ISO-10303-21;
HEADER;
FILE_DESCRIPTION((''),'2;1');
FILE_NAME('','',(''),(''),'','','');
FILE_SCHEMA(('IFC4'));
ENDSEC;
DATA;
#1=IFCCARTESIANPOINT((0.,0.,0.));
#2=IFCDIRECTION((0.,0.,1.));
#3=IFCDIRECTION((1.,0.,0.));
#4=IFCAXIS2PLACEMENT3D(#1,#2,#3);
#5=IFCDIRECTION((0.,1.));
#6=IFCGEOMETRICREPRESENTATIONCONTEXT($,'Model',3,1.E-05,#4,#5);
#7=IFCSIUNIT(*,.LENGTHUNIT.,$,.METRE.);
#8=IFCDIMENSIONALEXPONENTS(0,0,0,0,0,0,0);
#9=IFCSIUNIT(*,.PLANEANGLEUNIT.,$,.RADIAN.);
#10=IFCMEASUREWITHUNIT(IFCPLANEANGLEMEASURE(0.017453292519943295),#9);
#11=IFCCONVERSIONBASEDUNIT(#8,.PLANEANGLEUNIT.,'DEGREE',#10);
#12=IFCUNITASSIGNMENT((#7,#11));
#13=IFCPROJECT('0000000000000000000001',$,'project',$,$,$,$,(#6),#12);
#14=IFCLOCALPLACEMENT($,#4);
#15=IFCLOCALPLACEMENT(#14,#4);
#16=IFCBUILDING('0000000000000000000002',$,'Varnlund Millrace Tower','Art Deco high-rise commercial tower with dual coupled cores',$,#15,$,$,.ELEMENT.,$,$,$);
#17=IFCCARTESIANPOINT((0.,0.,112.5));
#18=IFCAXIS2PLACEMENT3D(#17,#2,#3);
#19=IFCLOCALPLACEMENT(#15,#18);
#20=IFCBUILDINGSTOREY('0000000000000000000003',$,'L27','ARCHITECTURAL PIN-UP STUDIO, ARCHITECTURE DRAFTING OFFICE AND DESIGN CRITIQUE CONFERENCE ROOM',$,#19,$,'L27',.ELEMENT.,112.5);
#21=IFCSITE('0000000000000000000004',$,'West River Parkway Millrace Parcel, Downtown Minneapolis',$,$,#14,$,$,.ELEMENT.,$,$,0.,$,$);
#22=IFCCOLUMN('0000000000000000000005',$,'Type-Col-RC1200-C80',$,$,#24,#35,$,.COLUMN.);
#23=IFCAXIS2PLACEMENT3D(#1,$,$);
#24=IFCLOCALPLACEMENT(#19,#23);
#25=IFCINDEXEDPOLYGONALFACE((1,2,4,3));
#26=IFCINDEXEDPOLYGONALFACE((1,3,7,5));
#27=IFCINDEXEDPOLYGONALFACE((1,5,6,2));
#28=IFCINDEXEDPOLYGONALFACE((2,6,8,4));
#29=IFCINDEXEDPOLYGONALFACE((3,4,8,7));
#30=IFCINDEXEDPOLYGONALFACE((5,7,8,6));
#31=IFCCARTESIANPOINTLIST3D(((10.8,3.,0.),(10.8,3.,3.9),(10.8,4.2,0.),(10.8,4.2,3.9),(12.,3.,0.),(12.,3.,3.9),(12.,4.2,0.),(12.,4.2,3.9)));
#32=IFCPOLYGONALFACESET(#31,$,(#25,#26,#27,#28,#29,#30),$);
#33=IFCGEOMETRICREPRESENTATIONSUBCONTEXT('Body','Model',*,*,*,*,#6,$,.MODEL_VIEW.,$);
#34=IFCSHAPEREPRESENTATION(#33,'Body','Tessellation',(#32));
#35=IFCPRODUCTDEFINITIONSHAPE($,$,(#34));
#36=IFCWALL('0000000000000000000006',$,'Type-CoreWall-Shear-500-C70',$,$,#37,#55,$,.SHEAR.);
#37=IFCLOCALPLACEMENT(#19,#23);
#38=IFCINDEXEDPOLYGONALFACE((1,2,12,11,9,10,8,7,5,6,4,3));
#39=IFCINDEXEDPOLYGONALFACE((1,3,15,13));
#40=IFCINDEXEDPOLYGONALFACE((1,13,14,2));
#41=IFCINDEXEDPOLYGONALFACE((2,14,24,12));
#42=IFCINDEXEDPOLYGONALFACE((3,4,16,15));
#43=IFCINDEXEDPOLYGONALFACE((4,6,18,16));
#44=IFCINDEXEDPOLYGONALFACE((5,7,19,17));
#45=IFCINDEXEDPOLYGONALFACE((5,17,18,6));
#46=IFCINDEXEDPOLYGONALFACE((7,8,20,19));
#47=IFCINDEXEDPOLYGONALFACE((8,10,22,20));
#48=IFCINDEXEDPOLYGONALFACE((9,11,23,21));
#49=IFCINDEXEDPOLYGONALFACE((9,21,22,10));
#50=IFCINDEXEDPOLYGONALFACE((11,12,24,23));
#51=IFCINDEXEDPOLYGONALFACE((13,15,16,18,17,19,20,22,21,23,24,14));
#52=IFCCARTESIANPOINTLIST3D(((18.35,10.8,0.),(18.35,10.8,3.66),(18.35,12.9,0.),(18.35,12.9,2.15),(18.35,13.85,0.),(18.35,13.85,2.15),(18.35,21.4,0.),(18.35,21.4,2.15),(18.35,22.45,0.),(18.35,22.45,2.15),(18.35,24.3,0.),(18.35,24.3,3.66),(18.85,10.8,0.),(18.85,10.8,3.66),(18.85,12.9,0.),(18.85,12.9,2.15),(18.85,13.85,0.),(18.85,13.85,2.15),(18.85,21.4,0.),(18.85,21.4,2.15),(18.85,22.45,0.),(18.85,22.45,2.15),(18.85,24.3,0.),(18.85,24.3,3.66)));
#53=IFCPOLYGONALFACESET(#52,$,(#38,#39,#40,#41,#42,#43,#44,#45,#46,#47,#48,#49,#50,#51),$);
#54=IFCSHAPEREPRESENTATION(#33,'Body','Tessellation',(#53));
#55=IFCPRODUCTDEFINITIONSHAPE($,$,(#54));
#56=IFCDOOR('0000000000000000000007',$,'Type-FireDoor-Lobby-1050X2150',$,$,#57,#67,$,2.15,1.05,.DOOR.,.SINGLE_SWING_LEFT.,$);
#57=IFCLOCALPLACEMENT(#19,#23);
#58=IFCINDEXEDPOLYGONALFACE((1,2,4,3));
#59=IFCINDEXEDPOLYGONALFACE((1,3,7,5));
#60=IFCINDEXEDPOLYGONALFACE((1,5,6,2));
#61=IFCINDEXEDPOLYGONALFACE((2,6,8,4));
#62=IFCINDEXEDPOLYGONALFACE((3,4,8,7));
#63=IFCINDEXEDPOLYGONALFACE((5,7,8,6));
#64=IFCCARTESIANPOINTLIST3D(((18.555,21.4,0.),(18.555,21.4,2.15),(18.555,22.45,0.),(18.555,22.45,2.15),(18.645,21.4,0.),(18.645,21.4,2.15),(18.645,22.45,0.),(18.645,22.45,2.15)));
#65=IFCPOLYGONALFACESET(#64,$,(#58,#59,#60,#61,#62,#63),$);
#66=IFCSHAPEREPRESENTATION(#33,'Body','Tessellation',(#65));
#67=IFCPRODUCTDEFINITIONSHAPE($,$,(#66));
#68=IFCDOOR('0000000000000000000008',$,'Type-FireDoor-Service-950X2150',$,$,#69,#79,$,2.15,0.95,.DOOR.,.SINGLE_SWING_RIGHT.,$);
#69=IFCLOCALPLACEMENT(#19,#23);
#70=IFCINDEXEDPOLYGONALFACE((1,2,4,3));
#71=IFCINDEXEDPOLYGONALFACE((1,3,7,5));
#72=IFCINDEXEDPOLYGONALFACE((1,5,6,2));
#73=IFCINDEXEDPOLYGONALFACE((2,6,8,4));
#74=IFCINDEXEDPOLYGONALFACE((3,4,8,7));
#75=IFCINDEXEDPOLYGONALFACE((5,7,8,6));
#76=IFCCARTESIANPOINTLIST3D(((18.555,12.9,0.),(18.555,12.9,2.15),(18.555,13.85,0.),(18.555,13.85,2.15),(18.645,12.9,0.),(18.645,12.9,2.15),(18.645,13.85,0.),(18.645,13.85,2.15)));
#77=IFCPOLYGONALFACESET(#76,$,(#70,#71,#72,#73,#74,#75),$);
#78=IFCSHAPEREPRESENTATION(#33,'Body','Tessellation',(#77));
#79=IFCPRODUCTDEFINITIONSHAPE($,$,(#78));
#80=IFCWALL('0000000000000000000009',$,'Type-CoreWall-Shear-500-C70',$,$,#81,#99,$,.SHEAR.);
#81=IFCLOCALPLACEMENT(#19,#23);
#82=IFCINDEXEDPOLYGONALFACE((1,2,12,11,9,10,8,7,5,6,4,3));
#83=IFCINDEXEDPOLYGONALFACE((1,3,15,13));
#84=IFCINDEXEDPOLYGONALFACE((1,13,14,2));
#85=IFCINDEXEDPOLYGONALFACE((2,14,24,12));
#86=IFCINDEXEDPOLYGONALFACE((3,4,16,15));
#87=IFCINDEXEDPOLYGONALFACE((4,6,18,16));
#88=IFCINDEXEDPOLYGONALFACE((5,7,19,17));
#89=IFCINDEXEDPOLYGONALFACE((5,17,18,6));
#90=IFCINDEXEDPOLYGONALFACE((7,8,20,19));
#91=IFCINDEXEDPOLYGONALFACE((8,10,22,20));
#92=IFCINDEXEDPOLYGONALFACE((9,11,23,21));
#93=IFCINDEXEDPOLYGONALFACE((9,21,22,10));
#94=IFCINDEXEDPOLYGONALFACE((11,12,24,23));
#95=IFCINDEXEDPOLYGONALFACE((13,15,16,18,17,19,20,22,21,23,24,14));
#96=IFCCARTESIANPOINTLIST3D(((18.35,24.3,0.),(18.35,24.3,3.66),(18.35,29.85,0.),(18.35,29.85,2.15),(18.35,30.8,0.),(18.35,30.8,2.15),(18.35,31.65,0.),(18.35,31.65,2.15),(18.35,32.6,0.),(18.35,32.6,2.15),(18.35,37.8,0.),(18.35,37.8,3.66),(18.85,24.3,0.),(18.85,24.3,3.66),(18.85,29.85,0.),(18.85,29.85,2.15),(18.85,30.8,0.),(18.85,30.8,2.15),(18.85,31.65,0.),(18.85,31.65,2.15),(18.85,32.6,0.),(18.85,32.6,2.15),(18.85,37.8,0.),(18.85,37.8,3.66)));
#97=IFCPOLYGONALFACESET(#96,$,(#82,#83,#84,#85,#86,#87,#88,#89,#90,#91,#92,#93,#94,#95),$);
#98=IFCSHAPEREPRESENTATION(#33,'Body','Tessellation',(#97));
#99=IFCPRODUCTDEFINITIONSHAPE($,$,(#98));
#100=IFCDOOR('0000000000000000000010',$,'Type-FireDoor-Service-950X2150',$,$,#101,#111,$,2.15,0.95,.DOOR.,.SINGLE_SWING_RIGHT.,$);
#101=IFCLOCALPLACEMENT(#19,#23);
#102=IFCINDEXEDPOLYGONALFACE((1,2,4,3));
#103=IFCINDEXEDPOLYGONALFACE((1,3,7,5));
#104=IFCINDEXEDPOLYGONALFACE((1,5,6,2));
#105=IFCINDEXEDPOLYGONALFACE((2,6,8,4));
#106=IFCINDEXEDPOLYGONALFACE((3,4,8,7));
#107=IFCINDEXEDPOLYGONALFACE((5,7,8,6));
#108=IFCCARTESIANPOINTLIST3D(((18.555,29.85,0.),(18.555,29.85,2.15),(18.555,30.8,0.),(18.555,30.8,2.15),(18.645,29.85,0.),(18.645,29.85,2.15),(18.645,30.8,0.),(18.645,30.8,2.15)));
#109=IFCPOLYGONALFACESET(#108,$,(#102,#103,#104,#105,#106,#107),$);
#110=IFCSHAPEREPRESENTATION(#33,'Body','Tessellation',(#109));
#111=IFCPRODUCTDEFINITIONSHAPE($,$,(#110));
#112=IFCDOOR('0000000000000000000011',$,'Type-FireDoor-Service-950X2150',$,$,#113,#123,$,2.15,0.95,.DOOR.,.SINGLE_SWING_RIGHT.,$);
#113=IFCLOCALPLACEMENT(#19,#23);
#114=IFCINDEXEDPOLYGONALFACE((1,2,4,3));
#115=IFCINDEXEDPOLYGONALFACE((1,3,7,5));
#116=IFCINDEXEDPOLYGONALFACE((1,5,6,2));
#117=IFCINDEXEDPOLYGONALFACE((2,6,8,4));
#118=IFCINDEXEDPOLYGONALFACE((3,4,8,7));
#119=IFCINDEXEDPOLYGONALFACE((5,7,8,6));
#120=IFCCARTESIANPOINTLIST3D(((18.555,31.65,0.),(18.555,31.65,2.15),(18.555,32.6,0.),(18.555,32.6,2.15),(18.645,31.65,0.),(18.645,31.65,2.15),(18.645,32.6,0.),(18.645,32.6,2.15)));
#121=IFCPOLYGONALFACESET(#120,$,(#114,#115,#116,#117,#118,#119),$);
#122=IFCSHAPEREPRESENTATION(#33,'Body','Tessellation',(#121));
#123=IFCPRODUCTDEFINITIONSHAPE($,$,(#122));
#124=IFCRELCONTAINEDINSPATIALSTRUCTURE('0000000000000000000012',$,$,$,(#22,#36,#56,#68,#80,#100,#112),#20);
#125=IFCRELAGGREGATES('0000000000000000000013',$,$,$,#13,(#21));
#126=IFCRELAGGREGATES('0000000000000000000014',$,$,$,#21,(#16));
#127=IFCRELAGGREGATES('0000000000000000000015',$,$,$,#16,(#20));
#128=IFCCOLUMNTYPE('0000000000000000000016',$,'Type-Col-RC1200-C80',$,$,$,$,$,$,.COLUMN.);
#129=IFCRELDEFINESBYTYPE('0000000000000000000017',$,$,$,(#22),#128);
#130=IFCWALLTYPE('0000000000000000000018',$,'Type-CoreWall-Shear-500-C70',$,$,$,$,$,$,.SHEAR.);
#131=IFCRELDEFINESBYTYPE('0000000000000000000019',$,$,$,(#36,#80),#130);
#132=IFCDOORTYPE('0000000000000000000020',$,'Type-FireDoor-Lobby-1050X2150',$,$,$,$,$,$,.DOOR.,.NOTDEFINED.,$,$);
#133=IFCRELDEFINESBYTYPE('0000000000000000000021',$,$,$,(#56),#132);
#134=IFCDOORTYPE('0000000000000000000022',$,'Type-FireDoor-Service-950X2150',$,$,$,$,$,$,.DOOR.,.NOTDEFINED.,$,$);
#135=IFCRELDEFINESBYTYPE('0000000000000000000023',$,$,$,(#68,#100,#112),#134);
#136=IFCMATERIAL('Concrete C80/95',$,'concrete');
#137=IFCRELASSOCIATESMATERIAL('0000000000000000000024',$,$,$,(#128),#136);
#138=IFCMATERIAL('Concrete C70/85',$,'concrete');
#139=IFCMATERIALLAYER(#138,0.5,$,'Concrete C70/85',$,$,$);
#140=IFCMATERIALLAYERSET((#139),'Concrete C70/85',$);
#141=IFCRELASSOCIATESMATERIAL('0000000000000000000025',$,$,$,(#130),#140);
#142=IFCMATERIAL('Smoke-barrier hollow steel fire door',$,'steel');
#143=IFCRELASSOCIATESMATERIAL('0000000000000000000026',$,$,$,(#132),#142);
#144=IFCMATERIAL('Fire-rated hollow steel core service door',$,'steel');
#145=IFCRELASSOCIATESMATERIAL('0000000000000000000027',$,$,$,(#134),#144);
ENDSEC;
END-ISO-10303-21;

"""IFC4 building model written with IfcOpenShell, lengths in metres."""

from ifc_helpers import new_model, entity, si_unit, converted_unit, direction, frame, origin_with_axes, origin_2d_with_axis, place, context, subcontext, project, spatial, polyline, rectangle, outline, extrude, material, layer, layer_set, material_profile, profile_set, type_object, element, fill, save


model = new_model("IFC4")

# Units and contexts
model_context = context("Model", 3, precision=1e-05, world=origin_with_axes(), true_north=direction((0.0, 1.0)))
body_context = subcontext(model_context, "Body", "Model", "MODEL_VIEW")
ifc_project = project(units=[si_unit("LENGTHUNIT", "METRE"), converted_unit("PLANEANGLEUNIT", "DEGREE", entity("IfcPlaneAngleMeasure", 0.017453292519943295), si_unit("PLANEANGLEUNIT", "RADIAN"), dimensions=[0, 0, 0, 0, 0, 0, 0])], contexts=[model_context])

# Site, building, storey
site_placement = place(None, origin_with_axes())
site = spatial("IfcSite", under=ifc_project, at=site_placement, Name="West River Parkway Millrace Parcel, Downtown Minneapolis", CompositionType="ELEMENT", RefElevation=0.0)
building_placement = place(site_placement, origin_with_axes())
building = spatial("IfcBuilding", under=site, at=building_placement, Name="Varnlund Millrace Tower", Description="Art Deco high-rise commercial tower with dual coupled cores", CompositionType="ELEMENT")
storey_placement = place(building_placement, frame((0.0, 0.0, 112.5), z_axis=(0.0, 0.0, 1.0), x_axis=(1.0, 0.0, 0.0)))
storey = spatial("IfcBuildingStorey", under=building, at=storey_placement, Name="L27", Description="ARCHITECTURAL PIN-UP STUDIO, ARCHITECTURE DRAFTING OFFICE AND DESIGN CRITIQUE CONFERENCE ROOM", LongName="L27", CompositionType="ELEMENT", Elevation=112.5)

# Column
ifc_material_1 = material(Name="Concrete C80/95", Category="concrete")
ifc_material_profile = material_profile(ifc_material_1, rectangle(XDim=1.2, YDim=1.2, at=origin_2d_with_axis()), Name="Concrete C80/95")
ifc_profile_set = profile_set([ifc_material_profile], Name="Concrete C80/95")
column_type = type_object("IfcColumnType", Name="Type-Col-RC1200-C80", PredefinedType="COLUMN", material=ifc_profile_set)
column_placement = place(storey_placement, frame((11.4, 3.6, 0.0), z_axis=(0.0, 0.0, 1.0), x_axis=(1.0, 0.0, 0.0)))
element("IfcColumn", 1, at=column_placement, inside=storey, type_object=column_type, Name="Type-Col-RC1200-C80", PredefinedType="COLUMN", context=body_context, shape_type="SweptSolid", body=[
    extrude(rectangle(XDim=1.2, YDim=1.2, at=origin_2d_with_axis()), origin_with_axes(), (0.0, 0.0, 1.0), 3.9),
])

# Walls, openings, doors
ifc_material_2 = material(Name="Concrete C70/85", Category="concrete")
ifc_layer_1 = layer(ifc_material_2, 0.5, Name="Concrete C70/85")
ifc_layer_set_1 = layer_set([ifc_layer_1], Name="Concrete C70/85")
wall_type_1 = type_object("IfcWallType", Name="Type-CoreWall-Shear-500-C70", PredefinedType="SHEAR", material=ifc_layer_set_1)
wall_1_placement = place(storey_placement, frame((18.6, 10.8, 0.0), z_axis=(0.0, 0.0, 1.0), x_axis=(0.0, 1.0, 0.0)))
wall_1 = element("IfcWall", 2, at=wall_1_placement, inside=storey, type_object=wall_type_1, Name="Type-CoreWall-Shear-500-C70", PredefinedType="SHEAR", context=body_context, shape_type="SweptSolid", body=[
    extrude(outline(polyline([(0.0, -0.25), (13.5, -0.25), (13.5, 0.25), (0.0, 0.25), (0.0, -0.25)])), origin_with_axes(), (0.0, 0.0, 1.0), 3.66),
])
opening_1_placement = place(wall_1_placement, frame((11.125, 0.0, 0.0), z_axis=(0.0, 0.0, 1.0), x_axis=(1.0, 0.0, 0.0)))
opening_1 = element("IfcOpeningElement", 3, at=opening_1_placement, cuts=wall_1, PredefinedType="OPENING", context=body_context, shape_type="SweptSolid", body=[
    extrude(rectangle(XDim=1.05, YDim=0.52, at=origin_2d_with_axis()), origin_with_axes(), (0.0, 0.0, 1.0), 2.15),
])
opening_2_placement = place(wall_1_placement, frame((2.575, 0.0, 0.0), z_axis=(0.0, 0.0, 1.0), x_axis=(1.0, 0.0, 0.0)))
opening_2 = element("IfcOpeningElement", 4, at=opening_2_placement, cuts=wall_1, PredefinedType="OPENING", context=body_context, shape_type="SweptSolid", body=[
    extrude(rectangle(XDim=0.95, YDim=0.52, at=origin_2d_with_axis()), origin_with_axes(), (0.0, 0.0, 1.0), 2.15),
])
ifc_material_3 = material(Name="Smoke-barrier hollow steel fire door", Category="steel")
door_type_1 = type_object("IfcDoorType", Name="Type-FireDoor-Lobby-1050X2150", OperationType="NOTDEFINED", PredefinedType="DOOR", material=ifc_material_3)
door_1_placement = place(wall_1_placement, frame((11.125, 0.0, 0.0), z_axis=(0.0, 0.0, 1.0), x_axis=(1.0, 0.0, 0.0)))
door_1 = element("IfcDoor", 5, at=door_1_placement, inside=storey, type_object=door_type_1, Name="Type-FireDoor-Lobby-1050X2150", OperationType="SINGLE_SWING_LEFT", OverallHeight=2.15, OverallWidth=1.05, PredefinedType="DOOR", context=body_context, shape_type="SweptSolid", body=[
    extrude(rectangle(XDim=1.05, YDim=0.09, at=origin_2d_with_axis()), origin_with_axes(), (0.0, 0.0, 1.0), 2.15),
])
fill(opening_1, door_1)
ifc_material_4 = material(Name="Fire-rated hollow steel core service door", Category="steel")
door_type_2 = type_object("IfcDoorType", Name="Type-FireDoor-Service-950X2150", OperationType="NOTDEFINED", PredefinedType="DOOR", material=ifc_material_4)
door_2_placement = place(wall_1_placement, frame((2.575, 0.0, 0.0), z_axis=(0.0, 0.0, 1.0), x_axis=(1.0, 0.0, 0.0)))
door_2 = element("IfcDoor", 6, at=door_2_placement, inside=storey, type_object=door_type_2, Name="Type-FireDoor-Service-950X2150", OperationType="SINGLE_SWING_RIGHT", OverallHeight=2.15, OverallWidth=0.95, PredefinedType="DOOR", context=body_context, shape_type="SweptSolid", body=[
    extrude(rectangle(XDim=0.95, YDim=0.09, at=origin_2d_with_axis()), origin_with_axes(), (0.0, 0.0, 1.0), 2.15),
])
fill(opening_2, door_2)
wall_2_placement = place(storey_placement, frame((18.6, 24.3, 0.0), z_axis=(0.0, 0.0, 1.0), x_axis=(0.0, 1.0, 0.0)))
wall_2 = element("IfcWall", 7, at=wall_2_placement, inside=storey, type_object=wall_type_1, Name="Type-CoreWall-Shear-500-C70", PredefinedType="SHEAR", context=body_context, shape_type="SweptSolid", body=[
    extrude(outline(polyline([(0.0, -0.25), (13.5, -0.25), (13.5, 0.25), (0.0, 0.25), (0.0, -0.25)])), origin_with_axes(), (0.0, 0.0, 1.0), 3.66),
])
opening_3_placement = place(wall_2_placement, frame((6.025, 0.0, 0.0), z_axis=(0.0, 0.0, 1.0), x_axis=(1.0, 0.0, 0.0)))
opening_3 = element("IfcOpeningElement", 8, at=opening_3_placement, cuts=wall_2, PredefinedType="OPENING", context=body_context, shape_type="SweptSolid", body=[
    extrude(rectangle(XDim=0.95, YDim=0.52, at=origin_2d_with_axis()), origin_with_axes(), (0.0, 0.0, 1.0), 2.15),
])
opening_4_placement = place(wall_2_placement, frame((7.825, 0.0, 0.0), z_axis=(0.0, 0.0, 1.0), x_axis=(1.0, 0.0, 0.0)))
opening_4 = element("IfcOpeningElement", 9, at=opening_4_placement, cuts=wall_2, PredefinedType="OPENING", context=body_context, shape_type="SweptSolid", body=[
    extrude(rectangle(XDim=0.95, YDim=0.52, at=origin_2d_with_axis()), origin_with_axes(), (0.0, 0.0, 1.0), 2.15),
])
door_3_placement = place(wall_2_placement, frame((6.025, 0.0, 0.0), z_axis=(0.0, 0.0, 1.0), x_axis=(1.0, 0.0, 0.0)))
door_3 = element("IfcDoor", 10, at=door_3_placement, inside=storey, type_object=door_type_2, Name="Type-FireDoor-Service-950X2150", OperationType="SINGLE_SWING_RIGHT", OverallHeight=2.15, OverallWidth=0.95, PredefinedType="DOOR", context=body_context, shape_type="SweptSolid", body=[
    extrude(rectangle(XDim=0.95, YDim=0.09, at=origin_2d_with_axis()), origin_with_axes(), (0.0, 0.0, 1.0), 2.15),
])
fill(opening_3, door_3)
door_4_placement = place(wall_2_placement, frame((7.825, 0.0, 0.0), z_axis=(0.0, 0.0, 1.0), x_axis=(1.0, 0.0, 0.0)))
door_4 = element("IfcDoor", 11, at=door_4_placement, inside=storey, type_object=door_type_2, Name="Type-FireDoor-Service-950X2150", OperationType="SINGLE_SWING_RIGHT", OverallHeight=2.15, OverallWidth=0.95, PredefinedType="DOOR", context=body_context, shape_type="SweptSolid", body=[
    extrude(rectangle(XDim=0.95, YDim=0.09, at=origin_2d_with_axis()), origin_with_axes(), (0.0, 0.0, 1.0), 2.15),
])
fill(opening_4, door_4)

save(model, "model.ifc")
